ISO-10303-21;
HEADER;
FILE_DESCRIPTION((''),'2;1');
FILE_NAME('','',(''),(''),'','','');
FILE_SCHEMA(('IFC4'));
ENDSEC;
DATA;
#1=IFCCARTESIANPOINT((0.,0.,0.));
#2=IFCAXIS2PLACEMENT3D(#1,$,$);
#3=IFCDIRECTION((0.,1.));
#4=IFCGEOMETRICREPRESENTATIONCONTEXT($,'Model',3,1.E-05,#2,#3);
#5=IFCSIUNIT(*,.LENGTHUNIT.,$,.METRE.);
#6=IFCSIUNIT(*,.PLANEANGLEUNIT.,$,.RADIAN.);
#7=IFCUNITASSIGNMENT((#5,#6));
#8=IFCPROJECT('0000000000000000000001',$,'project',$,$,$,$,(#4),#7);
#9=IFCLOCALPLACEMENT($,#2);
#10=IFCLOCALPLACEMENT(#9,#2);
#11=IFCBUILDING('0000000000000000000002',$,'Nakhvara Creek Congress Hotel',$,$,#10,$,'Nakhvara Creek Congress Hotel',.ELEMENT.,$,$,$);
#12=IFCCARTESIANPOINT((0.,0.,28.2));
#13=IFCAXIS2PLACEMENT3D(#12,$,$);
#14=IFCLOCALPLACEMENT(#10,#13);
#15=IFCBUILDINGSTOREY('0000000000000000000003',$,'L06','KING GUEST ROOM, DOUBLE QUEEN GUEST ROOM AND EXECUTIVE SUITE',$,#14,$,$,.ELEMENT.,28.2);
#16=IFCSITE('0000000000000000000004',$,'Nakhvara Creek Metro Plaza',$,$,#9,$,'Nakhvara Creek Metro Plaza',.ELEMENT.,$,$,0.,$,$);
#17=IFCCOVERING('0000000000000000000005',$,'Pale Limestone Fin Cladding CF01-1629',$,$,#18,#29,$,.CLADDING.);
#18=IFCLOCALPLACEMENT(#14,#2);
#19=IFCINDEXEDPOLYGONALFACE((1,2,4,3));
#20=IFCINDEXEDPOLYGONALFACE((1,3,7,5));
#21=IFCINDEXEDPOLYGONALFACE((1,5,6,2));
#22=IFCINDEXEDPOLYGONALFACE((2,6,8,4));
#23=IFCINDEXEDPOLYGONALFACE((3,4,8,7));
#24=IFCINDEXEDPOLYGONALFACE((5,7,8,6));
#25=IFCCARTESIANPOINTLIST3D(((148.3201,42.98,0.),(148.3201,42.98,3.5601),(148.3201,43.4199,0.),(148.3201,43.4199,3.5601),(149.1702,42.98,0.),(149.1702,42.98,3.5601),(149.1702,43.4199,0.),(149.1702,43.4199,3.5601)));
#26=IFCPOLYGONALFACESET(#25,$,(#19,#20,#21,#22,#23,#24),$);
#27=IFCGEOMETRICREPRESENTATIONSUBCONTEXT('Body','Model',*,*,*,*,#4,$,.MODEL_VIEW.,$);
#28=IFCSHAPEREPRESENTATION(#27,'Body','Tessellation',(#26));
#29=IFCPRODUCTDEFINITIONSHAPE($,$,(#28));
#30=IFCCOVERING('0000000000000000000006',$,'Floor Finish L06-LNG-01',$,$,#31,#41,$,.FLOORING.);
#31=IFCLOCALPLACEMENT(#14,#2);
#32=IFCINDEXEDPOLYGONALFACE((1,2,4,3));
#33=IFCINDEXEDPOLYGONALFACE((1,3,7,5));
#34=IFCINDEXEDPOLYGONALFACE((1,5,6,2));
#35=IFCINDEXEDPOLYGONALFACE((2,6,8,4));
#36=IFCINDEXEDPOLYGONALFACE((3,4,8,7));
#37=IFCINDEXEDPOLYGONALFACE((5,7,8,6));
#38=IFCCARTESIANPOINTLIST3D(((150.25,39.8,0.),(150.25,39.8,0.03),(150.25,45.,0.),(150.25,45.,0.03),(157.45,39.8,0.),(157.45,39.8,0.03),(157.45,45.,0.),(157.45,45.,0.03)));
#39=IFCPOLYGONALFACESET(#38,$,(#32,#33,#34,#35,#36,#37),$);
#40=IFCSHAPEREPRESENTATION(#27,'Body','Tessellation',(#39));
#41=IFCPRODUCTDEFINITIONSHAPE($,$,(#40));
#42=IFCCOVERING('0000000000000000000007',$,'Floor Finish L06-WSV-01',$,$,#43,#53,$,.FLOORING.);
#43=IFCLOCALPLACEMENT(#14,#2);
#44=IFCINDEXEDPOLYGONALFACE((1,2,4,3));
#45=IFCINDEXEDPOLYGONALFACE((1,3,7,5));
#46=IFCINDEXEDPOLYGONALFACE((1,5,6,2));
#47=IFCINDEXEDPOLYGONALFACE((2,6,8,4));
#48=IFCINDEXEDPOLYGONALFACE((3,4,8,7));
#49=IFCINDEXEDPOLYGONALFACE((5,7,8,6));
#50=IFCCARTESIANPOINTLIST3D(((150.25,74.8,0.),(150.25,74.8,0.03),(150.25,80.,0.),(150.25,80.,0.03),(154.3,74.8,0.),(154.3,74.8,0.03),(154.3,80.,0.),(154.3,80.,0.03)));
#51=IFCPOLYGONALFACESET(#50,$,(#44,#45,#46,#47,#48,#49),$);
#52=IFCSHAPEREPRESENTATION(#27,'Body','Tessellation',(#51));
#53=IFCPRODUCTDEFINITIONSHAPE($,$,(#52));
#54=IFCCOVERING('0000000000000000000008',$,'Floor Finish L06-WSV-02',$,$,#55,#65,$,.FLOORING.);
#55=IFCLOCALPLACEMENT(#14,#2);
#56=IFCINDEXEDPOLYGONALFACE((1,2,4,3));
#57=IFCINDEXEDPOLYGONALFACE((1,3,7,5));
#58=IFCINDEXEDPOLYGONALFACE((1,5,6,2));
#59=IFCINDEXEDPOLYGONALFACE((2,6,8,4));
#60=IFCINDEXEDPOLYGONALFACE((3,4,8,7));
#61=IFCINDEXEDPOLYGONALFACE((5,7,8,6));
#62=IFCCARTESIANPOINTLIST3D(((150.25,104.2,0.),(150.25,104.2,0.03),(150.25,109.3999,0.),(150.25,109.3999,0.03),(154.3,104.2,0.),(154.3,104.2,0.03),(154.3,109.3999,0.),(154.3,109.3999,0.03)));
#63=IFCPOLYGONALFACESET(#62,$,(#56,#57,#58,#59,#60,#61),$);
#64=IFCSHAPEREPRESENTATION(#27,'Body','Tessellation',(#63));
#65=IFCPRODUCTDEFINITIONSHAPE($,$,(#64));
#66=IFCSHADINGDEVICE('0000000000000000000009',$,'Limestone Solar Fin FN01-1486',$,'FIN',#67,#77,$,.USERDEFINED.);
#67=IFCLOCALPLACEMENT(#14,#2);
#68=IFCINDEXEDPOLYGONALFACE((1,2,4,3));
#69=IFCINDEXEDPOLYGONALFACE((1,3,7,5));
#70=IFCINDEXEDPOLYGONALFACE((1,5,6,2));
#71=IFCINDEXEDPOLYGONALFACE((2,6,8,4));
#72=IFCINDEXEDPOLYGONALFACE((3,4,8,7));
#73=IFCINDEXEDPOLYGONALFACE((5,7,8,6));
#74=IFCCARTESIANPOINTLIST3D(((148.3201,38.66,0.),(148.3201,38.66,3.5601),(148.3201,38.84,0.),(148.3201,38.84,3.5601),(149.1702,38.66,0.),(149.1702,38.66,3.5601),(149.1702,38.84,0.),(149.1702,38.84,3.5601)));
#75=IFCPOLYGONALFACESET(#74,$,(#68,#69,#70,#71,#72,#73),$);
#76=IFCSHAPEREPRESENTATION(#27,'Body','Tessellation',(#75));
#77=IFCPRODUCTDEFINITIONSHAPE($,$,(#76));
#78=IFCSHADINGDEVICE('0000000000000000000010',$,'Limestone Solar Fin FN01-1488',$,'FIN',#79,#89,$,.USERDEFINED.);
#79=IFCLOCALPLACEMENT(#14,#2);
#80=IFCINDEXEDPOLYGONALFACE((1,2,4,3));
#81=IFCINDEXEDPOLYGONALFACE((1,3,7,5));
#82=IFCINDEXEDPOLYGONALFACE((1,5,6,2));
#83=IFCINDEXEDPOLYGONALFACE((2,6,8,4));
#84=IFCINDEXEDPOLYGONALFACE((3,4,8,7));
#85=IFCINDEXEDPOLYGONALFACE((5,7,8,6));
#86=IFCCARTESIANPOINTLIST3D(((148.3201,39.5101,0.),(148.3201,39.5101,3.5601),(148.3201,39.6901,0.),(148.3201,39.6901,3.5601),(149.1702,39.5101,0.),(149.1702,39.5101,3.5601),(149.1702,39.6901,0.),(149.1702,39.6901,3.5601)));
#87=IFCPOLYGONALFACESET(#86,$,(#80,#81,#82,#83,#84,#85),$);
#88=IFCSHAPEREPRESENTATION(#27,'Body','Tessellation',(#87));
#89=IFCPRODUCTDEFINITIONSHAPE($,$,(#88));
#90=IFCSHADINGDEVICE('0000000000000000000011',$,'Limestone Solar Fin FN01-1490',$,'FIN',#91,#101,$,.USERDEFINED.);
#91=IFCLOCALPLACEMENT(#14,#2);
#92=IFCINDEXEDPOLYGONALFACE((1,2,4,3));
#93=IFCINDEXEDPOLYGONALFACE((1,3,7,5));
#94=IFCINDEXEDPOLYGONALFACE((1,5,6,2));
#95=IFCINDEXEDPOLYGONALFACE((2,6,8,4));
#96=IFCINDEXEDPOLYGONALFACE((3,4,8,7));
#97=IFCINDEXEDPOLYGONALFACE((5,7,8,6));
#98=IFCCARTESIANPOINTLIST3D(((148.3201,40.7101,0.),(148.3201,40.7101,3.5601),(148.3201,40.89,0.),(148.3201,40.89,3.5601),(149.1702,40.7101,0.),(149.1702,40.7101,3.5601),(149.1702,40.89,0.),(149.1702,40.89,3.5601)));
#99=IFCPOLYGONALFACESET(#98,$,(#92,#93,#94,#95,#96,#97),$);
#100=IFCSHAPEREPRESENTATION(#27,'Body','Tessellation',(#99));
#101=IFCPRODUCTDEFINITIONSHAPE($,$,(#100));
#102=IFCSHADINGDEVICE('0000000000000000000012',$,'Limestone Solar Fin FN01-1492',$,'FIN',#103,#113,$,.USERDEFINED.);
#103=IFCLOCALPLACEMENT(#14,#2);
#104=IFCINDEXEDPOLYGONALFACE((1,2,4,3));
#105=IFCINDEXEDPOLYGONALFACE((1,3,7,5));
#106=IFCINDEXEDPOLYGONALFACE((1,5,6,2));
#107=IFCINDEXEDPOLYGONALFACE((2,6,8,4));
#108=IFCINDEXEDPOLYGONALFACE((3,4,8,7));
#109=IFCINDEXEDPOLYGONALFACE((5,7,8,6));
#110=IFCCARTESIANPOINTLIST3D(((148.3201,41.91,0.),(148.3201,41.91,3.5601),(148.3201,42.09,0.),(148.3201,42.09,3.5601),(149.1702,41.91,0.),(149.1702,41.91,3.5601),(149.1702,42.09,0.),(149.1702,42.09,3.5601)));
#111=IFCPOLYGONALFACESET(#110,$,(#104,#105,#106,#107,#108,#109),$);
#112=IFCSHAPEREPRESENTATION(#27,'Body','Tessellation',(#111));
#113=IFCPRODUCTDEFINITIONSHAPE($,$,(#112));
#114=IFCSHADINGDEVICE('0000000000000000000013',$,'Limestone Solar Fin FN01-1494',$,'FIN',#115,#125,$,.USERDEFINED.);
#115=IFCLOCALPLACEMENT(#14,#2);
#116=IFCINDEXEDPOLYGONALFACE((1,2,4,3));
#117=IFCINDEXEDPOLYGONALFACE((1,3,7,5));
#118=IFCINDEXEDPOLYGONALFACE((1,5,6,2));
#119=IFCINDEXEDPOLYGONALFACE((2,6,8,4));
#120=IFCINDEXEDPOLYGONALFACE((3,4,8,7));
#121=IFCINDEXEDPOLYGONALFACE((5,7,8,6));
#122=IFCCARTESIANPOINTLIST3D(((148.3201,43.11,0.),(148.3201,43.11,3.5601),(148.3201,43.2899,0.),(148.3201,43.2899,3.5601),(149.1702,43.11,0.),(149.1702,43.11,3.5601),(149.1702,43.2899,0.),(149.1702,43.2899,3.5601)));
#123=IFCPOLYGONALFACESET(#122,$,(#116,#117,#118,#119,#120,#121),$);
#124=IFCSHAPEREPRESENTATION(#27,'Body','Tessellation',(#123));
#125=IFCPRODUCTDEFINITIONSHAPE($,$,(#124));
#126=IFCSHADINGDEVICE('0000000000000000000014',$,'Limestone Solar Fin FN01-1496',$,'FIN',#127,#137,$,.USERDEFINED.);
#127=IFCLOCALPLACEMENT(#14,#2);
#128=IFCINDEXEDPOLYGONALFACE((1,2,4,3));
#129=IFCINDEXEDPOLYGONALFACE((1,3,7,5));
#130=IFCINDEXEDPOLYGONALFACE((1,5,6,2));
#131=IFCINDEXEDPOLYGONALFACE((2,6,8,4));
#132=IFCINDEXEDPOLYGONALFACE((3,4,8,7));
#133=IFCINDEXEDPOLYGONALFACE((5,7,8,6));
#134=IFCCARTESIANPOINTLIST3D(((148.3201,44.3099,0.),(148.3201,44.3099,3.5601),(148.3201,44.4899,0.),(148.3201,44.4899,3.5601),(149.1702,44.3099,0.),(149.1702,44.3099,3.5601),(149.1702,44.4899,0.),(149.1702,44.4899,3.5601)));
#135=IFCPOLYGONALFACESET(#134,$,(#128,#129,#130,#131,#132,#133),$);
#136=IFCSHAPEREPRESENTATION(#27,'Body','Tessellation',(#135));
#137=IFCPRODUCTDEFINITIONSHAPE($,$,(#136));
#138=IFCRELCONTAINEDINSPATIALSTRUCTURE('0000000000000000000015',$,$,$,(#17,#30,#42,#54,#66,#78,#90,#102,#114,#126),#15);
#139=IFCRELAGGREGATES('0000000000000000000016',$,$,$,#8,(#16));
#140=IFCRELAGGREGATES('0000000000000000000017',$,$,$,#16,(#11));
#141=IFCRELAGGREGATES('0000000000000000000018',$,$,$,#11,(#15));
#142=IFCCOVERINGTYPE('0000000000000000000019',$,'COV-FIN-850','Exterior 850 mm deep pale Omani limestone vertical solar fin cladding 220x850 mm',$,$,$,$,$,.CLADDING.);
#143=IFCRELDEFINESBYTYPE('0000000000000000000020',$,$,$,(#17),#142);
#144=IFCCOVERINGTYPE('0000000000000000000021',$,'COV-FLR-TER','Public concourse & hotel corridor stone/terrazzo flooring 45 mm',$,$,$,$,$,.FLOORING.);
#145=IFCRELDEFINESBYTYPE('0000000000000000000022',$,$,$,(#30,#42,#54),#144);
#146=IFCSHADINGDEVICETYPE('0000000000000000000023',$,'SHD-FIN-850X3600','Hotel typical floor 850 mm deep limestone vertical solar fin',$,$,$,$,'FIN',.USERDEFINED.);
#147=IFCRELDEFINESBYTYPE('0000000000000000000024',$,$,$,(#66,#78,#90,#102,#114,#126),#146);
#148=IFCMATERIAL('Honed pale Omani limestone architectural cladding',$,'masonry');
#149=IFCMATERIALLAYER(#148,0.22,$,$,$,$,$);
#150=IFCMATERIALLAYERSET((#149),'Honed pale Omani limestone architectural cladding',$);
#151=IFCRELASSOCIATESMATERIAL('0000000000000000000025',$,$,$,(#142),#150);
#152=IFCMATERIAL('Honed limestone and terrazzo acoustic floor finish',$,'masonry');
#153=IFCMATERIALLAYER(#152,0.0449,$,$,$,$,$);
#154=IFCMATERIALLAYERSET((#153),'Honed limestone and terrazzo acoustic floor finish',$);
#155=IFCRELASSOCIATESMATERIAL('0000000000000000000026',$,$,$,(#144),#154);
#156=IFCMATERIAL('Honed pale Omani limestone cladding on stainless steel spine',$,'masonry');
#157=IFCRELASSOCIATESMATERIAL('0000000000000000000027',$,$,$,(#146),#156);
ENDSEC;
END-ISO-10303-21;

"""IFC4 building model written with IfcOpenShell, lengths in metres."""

from ifc_helpers import new_model, si_unit, direction, frame, origin, origin_2d, place, context, subcontext, project, spatial, polyline, rectangle, outline, extrude, material, layer, layer_set, type_object, element, save


model = new_model("IFC4")

# Units and contexts
model_context = context("Model", 3, precision=1e-05, world=origin(), true_north=direction((0.0, 1.0)))
body_context = subcontext(model_context, "Body", "Model", "MODEL_VIEW")
ifc_project = project(units=[si_unit("LENGTHUNIT", "METRE"), si_unit("PLANEANGLEUNIT", "RADIAN")], contexts=[model_context])

# Site, building, storey
site_placement = place(None, origin())
site = spatial("IfcSite", under=ifc_project, at=site_placement, Name="Nakhvara Creek Metro Plaza", LongName="Nakhvara Creek Metro Plaza", CompositionType="ELEMENT", RefElevation=0.0)
building_placement = place(site_placement, origin())
building = spatial("IfcBuilding", under=site, at=building_placement, Name="Nakhvara Creek Congress Hotel", LongName="Nakhvara Creek Congress Hotel", CompositionType="ELEMENT")
storey_placement = place(building_placement, frame((0.0, 0.0, 28.2)))
storey = spatial("IfcBuildingStorey", under=building, at=storey_placement, Name="L06", Description="KING GUEST ROOM, DOUBLE QUEEN GUEST ROOM AND EXECUTIVE SUITE", CompositionType="ELEMENT", Elevation=28.2)

# Coverings
ifc_material_1 = material(Name="Honed pale Omani limestone architectural cladding", Category="masonry")
ifc_layer_1 = layer(ifc_material_1, 0.22)
ifc_layer_set_1 = layer_set([ifc_layer_1], Name="Honed pale Omani limestone architectural cladding")
covering_type_1 = type_object("IfcCoveringType", Name="COV-FIN-850", Description="Exterior 850 mm deep pale Omani limestone vertical solar fin cladding 220x850 mm", PredefinedType="CLADDING", material=ifc_layer_set_1)
covering_1_placement = place(storey_placement, frame((148.7451, 43.2, 0.0), z_axis=(0.0, 0.0, 1.0), x_axis=(0.0, 1.0, 0.0)))
element("IfcCovering", 1, at=covering_1_placement, inside=storey, type_object=covering_type_1, Name="Pale Limestone Fin Cladding CF01-1629", PredefinedType="CLADDING", context=body_context, shape_type="SweptSolid", body=[
    extrude(rectangle(XDim=0.4399, YDim=0.8501, at=origin_2d()), origin(), (0.0, 0.0, 1.0), 3.5601),
])
ifc_material_2 = material(Name="Honed limestone and terrazzo acoustic floor finish", Category="masonry")
ifc_layer_2 = layer(ifc_material_2, 0.0449)
ifc_layer_set_2 = layer_set([ifc_layer_2], Name="Honed limestone and terrazzo acoustic floor finish")
covering_type_2 = type_object("IfcCoveringType", Name="COV-FLR-TER", Description="Public concourse & hotel corridor stone/terrazzo flooring 45 mm", PredefinedType="FLOORING", material=ifc_layer_set_2)
covering_2_placement = place(storey_placement, origin())
element("IfcCovering", 2, at=covering_2_placement, inside=storey, type_object=covering_type_2, Name="Floor Finish L06-LNG-01", PredefinedType="FLOORING", context=body_context, shape_type="SweptSolid", body=[
    extrude(outline(polyline([(150.25, 39.8), (157.45, 39.8), (157.45, 45.0), (150.25, 45.0), (150.25, 39.8)])), origin(), (0.0, 0.0, 1.0), 0.03),
])
covering_3_placement = place(storey_placement, origin())
element("IfcCovering", 3, at=covering_3_placement, inside=storey, type_object=covering_type_2, Name="Floor Finish L06-WSV-01", PredefinedType="FLOORING", context=body_context, shape_type="SweptSolid", body=[
    extrude(outline(polyline([(150.25, 74.8), (154.3, 74.8), (154.3, 80.0), (150.25, 80.0), (150.25, 74.8)])), origin(), (0.0, 0.0, 1.0), 0.03),
])
covering_4_placement = place(storey_placement, origin())
element("IfcCovering", 4, at=covering_4_placement, inside=storey, type_object=covering_type_2, Name="Floor Finish L06-WSV-02", PredefinedType="FLOORING", context=body_context, shape_type="SweptSolid", body=[
    extrude(outline(polyline([(150.25, 104.2), (154.3, 104.2), (154.3, 109.3999), (150.25, 109.3999), (150.25, 104.2)])), origin(), (0.0, 0.0, 1.0), 0.03),
])

# Shading devices
ifc_material_3 = material(Name="Honed pale Omani limestone cladding on stainless steel spine", Category="masonry")
shading_device_type = type_object("IfcShadingDeviceType", Name="SHD-FIN-850X3600", Description="Hotel typical floor 850 mm deep limestone vertical solar fin", ElementType="FIN", PredefinedType="USERDEFINED", material=ifc_material_3)
for number, where, z_axis, x_axis, name in (
    (5, (148.7451, 38.75, 0.0), (0.0, 0.0, 1.0), (0.0, 1.0, 0.0), "Limestone Solar Fin FN01-1486"),
    (6, (148.7451, 39.6001, 0.0), (0.0, 0.0, 1.0), (0.0, 1.0, 0.0), "Limestone Solar Fin FN01-1488"),
    (7, (148.7451, 40.8, 0.0), (0.0, 0.0, 1.0), (0.0, 1.0, 0.0), "Limestone Solar Fin FN01-1490"),
    (8, (148.7451, 42.0, 0.0), (0.0, 0.0, 1.0), (0.0, 1.0, 0.0), "Limestone Solar Fin FN01-1492"),
    (9, (148.7451, 43.2, 0.0), (0.0, 0.0, 1.0), (0.0, 1.0, 0.0), "Limestone Solar Fin FN01-1494"),
    (10, (148.7451, 44.3999, 0.0), (0.0, 0.0, 1.0), (0.0, 1.0, 0.0), "Limestone Solar Fin FN01-1496"),
):
    element("IfcShadingDevice", number, at=place(storey_placement, frame(where, z_axis=z_axis, x_axis=x_axis)), inside=storey, type_object=shading_device_type, Name=name, ObjectType="FIN", PredefinedType="USERDEFINED", context=body_context, shape_type="SweptSolid", body=[
        extrude(rectangle(XDim=0.1799, YDim=0.8501, at=origin_2d()), origin(), (0.0, 0.0, 1.0), 3.5601),
    ])

save(model, "model.ifc")
